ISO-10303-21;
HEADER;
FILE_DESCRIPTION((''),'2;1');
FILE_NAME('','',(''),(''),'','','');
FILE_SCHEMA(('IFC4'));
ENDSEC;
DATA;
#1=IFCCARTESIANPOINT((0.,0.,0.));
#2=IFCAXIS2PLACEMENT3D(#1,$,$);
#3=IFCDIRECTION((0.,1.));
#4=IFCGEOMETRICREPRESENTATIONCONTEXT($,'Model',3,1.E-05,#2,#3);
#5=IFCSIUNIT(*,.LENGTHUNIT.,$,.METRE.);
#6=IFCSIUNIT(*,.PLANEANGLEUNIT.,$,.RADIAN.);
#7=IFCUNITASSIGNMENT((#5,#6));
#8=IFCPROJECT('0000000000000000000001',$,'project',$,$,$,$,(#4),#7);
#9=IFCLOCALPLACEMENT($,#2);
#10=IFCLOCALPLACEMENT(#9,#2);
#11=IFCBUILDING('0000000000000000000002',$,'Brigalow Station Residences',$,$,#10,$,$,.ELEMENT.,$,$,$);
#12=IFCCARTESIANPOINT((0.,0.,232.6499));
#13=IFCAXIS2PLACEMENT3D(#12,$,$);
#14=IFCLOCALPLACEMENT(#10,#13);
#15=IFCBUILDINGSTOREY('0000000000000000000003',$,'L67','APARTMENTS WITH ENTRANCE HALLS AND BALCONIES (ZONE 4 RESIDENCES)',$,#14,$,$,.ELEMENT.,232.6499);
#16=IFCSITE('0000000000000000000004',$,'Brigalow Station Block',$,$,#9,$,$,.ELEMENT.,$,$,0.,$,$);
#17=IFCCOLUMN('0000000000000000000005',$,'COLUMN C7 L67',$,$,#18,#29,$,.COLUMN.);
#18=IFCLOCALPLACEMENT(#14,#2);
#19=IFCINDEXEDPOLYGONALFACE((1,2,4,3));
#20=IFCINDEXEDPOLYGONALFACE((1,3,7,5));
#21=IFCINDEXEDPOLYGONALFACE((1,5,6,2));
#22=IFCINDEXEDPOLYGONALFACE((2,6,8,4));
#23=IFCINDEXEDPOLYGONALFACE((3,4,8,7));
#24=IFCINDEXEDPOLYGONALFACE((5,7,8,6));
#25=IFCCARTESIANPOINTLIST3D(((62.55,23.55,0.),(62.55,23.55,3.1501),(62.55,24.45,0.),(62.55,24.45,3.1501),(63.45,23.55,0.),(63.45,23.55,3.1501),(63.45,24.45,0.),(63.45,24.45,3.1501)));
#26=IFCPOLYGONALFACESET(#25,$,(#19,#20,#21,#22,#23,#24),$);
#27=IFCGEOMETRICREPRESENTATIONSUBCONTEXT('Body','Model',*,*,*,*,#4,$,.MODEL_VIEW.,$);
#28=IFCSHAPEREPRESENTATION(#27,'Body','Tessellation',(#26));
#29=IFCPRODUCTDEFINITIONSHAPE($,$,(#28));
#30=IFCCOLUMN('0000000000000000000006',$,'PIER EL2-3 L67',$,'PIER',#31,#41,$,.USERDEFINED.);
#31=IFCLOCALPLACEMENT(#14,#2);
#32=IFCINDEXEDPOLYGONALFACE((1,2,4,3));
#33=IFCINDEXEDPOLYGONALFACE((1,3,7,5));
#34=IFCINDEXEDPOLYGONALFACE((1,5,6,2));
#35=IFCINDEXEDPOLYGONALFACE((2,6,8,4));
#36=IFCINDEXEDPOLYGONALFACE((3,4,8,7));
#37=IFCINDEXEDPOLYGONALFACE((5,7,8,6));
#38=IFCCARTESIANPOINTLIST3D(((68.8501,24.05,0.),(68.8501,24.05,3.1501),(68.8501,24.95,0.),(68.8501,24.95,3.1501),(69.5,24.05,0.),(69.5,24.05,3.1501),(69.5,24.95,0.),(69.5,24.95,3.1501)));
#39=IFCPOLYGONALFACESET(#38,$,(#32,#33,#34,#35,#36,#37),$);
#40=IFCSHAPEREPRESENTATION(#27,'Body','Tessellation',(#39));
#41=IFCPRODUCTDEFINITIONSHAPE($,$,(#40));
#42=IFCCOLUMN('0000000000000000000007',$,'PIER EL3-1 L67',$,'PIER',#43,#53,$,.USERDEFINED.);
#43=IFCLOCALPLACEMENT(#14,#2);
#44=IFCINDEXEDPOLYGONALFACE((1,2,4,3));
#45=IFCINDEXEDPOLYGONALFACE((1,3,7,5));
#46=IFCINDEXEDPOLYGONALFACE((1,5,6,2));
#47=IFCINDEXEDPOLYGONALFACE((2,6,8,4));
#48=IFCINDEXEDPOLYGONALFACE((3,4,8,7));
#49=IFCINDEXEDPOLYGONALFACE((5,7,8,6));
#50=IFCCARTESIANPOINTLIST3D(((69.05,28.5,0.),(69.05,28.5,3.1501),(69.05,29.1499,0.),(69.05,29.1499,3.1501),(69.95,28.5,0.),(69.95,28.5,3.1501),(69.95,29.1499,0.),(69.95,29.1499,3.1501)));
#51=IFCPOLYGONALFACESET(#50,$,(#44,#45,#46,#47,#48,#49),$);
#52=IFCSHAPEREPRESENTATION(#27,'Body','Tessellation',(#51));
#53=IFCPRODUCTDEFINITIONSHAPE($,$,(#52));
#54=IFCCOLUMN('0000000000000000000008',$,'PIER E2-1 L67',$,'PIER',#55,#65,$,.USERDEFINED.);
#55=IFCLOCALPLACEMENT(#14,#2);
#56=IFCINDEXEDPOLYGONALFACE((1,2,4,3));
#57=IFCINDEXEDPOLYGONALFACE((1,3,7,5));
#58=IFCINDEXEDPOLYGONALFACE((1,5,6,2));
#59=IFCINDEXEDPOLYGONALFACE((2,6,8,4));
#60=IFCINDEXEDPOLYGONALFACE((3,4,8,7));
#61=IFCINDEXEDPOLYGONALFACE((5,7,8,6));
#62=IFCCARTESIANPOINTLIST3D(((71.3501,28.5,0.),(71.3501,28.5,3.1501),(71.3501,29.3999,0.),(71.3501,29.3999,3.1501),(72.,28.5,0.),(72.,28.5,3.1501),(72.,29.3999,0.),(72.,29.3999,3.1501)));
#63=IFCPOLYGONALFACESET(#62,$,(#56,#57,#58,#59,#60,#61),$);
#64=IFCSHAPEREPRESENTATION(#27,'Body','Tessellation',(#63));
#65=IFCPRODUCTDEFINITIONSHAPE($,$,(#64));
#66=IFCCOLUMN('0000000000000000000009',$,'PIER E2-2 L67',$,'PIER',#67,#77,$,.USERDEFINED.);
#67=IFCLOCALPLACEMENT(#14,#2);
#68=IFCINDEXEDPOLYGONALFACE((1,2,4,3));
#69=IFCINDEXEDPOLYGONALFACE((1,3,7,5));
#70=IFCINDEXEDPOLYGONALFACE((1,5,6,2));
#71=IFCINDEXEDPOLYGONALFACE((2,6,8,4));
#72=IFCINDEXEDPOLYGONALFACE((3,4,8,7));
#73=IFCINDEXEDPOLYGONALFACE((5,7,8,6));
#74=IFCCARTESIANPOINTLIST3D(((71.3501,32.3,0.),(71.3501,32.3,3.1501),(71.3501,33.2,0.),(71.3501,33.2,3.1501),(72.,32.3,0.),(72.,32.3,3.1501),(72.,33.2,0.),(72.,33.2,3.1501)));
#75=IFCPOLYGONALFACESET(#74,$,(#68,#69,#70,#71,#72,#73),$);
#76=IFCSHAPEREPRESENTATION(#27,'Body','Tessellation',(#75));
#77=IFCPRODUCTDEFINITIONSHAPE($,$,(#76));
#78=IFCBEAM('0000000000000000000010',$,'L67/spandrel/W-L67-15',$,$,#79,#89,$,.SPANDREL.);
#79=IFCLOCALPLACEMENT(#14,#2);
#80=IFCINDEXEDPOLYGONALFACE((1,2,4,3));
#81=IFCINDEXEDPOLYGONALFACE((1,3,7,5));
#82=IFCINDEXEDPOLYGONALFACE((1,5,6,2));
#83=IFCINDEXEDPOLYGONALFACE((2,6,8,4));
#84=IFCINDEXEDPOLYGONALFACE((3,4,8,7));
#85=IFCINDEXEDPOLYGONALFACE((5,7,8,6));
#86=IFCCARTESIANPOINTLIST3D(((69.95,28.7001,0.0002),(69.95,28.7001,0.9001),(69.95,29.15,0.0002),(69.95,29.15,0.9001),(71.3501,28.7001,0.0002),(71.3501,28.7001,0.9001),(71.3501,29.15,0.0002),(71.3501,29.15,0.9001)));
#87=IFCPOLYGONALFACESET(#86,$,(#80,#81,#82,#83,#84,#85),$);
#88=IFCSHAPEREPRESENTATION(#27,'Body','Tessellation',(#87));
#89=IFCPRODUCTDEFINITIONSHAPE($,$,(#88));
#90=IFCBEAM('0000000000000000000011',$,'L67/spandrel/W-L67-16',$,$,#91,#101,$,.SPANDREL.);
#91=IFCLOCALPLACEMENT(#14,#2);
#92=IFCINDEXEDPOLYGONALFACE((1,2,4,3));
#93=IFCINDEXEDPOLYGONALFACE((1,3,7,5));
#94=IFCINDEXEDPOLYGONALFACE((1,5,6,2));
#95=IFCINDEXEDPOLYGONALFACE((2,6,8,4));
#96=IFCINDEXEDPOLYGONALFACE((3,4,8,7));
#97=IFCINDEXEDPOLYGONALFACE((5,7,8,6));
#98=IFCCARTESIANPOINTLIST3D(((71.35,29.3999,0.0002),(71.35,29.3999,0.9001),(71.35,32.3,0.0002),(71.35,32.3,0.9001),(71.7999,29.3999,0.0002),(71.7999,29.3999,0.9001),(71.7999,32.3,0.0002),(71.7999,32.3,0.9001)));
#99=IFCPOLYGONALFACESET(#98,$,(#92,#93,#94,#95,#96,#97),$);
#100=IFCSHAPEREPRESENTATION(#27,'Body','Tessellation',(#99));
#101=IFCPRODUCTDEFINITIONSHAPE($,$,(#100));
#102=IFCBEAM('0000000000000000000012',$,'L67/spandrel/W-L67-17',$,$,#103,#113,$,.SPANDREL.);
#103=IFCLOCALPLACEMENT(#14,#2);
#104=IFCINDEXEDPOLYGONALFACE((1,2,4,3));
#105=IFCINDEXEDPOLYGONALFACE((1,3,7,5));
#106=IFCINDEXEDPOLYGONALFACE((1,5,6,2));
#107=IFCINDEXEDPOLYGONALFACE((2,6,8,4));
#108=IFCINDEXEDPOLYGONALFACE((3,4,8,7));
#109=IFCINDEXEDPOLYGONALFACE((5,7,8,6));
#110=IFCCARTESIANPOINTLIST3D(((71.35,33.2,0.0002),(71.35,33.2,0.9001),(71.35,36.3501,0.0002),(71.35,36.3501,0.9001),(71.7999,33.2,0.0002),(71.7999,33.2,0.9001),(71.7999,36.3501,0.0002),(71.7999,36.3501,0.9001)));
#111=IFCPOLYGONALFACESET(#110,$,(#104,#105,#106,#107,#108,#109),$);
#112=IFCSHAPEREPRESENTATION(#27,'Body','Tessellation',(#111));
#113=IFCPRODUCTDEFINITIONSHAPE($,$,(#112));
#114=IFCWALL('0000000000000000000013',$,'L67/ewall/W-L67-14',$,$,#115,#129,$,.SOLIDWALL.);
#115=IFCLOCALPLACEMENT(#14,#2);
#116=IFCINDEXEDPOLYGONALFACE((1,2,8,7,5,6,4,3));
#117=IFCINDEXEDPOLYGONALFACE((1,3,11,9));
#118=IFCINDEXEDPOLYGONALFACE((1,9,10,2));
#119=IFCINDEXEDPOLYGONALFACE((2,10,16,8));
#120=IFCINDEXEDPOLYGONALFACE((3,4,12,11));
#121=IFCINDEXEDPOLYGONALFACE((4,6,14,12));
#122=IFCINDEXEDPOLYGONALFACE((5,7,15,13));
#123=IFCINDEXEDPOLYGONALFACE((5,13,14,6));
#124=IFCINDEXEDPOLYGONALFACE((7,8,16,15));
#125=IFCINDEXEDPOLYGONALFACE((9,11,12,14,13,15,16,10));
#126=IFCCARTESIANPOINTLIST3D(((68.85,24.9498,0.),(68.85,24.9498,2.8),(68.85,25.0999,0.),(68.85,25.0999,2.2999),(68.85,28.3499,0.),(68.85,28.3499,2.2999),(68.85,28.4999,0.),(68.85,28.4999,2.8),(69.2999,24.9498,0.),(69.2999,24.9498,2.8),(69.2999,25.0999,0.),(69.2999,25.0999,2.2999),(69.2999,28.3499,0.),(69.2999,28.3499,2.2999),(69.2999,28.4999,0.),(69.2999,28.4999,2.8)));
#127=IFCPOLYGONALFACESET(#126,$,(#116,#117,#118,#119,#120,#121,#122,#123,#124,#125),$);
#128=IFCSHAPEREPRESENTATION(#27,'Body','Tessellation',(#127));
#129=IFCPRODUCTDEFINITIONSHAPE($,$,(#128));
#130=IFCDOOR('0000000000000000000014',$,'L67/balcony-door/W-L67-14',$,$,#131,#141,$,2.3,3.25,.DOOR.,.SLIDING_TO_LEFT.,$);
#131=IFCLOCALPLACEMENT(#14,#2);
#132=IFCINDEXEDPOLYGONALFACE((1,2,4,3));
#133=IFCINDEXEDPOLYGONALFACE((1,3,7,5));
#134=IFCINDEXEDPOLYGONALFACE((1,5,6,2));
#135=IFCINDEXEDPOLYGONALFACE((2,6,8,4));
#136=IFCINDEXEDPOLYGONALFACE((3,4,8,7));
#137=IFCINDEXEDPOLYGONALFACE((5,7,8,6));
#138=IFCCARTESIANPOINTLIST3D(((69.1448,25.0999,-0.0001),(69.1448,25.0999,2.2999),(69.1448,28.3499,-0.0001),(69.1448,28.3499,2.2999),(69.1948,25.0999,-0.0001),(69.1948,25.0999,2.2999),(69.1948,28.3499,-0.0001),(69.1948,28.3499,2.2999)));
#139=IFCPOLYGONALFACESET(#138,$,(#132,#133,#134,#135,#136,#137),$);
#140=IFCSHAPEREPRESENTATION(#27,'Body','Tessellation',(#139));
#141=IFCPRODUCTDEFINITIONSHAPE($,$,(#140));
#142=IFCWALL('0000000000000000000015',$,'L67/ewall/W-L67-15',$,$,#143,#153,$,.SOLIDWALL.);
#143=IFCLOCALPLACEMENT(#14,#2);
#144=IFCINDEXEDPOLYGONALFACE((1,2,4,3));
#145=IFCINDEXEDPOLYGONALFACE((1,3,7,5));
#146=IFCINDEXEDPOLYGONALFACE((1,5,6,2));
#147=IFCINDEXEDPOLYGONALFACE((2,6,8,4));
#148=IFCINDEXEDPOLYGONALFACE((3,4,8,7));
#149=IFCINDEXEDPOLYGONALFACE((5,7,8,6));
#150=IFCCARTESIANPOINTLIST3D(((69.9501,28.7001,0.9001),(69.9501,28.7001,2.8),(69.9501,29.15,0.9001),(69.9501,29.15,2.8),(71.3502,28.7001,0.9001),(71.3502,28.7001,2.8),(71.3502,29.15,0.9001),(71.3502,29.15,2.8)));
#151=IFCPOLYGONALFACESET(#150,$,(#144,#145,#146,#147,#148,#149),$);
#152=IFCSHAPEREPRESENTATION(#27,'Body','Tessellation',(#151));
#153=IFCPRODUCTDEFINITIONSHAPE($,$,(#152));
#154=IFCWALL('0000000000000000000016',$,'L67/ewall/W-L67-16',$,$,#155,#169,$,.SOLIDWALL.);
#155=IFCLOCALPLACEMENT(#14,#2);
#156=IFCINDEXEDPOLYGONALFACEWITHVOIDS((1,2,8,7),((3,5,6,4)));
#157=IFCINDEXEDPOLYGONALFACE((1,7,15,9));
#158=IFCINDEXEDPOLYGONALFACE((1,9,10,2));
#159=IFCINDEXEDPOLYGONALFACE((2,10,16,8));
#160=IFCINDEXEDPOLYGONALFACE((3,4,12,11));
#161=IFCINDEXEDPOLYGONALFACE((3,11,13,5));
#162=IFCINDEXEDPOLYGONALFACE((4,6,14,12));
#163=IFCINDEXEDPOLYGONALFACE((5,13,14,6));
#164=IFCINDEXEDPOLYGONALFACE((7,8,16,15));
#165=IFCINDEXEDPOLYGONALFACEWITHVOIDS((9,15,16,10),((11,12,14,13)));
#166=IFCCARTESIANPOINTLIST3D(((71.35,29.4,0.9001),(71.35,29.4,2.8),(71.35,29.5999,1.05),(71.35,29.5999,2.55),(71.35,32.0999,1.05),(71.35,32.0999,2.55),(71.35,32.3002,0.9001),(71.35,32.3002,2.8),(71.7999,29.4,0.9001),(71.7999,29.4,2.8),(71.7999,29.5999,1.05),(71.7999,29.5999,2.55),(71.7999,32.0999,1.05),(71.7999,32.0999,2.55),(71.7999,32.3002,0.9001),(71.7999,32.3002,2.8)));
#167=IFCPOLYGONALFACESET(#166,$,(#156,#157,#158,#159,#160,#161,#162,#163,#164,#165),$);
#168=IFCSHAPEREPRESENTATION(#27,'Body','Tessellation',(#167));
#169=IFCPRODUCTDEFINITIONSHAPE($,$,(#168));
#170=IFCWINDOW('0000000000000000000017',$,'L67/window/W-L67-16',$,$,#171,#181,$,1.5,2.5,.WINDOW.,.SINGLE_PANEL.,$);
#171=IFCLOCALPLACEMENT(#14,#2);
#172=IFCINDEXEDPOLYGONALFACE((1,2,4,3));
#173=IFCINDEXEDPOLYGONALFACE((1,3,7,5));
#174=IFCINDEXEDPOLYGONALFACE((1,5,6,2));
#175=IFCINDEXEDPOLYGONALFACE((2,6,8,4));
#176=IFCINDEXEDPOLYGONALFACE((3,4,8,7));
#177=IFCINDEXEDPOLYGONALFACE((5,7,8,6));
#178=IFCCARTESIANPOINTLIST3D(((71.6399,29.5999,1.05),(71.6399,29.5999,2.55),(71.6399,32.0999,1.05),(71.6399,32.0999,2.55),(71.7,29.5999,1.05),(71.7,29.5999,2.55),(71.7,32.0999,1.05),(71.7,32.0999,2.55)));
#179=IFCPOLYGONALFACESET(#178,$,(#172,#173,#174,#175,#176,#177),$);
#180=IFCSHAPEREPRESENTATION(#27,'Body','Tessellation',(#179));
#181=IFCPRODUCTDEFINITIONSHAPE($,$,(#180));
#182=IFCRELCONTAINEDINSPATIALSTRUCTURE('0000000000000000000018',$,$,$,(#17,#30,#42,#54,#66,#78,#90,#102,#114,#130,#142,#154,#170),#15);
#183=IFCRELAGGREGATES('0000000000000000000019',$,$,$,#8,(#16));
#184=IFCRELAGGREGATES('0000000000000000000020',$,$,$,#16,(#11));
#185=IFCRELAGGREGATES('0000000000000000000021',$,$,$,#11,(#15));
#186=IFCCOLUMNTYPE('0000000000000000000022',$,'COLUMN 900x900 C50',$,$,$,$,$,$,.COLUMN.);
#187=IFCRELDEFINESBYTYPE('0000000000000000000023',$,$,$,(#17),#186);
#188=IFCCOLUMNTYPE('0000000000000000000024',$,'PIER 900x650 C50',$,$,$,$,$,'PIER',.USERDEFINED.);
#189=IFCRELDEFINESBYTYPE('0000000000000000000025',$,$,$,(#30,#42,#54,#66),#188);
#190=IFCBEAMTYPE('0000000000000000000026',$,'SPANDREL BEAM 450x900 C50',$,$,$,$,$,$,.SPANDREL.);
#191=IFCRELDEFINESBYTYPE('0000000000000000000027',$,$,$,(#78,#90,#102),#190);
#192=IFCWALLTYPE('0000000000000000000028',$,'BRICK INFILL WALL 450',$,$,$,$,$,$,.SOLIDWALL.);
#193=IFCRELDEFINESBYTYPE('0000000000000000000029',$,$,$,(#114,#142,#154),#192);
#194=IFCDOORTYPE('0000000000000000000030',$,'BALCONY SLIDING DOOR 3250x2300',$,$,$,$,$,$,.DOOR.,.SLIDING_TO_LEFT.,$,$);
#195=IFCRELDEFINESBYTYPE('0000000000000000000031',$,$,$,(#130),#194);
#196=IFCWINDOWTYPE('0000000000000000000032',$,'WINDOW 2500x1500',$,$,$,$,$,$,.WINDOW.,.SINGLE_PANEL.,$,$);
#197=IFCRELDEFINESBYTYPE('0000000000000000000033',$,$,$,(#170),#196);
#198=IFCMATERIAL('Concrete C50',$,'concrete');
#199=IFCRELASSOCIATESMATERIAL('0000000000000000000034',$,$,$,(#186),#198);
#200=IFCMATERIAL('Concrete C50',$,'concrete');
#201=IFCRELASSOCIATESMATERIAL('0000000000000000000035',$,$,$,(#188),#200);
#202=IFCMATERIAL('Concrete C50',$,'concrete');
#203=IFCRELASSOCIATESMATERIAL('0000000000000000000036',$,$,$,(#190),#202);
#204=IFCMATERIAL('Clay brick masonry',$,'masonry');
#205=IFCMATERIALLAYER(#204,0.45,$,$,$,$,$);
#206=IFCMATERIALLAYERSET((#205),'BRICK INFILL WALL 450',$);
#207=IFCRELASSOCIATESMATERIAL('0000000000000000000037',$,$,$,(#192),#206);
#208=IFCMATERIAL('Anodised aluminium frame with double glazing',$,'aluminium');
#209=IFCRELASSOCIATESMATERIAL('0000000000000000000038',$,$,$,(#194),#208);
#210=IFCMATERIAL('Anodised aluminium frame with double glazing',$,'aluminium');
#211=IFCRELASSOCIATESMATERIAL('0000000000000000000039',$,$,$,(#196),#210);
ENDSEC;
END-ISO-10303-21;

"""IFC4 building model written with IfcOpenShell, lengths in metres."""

from ifc_helpers import new_model, si_unit, direction, frame, frame_2d, origin, origin_2d, place, context, subcontext, project, spatial, rectangle, extrude, material, layer, layer_set, material_profile, profile_set, type_object, element, fill, save


model = new_model("IFC4")

# Units and contexts
model_context = context("Model", 3, precision=1e-05, world=origin(), true_north=direction((0.0, 1.0)))
body_context = subcontext(model_context, "Body", "Model", "MODEL_VIEW")
ifc_project = project(units=[si_unit("LENGTHUNIT", "METRE"), si_unit("PLANEANGLEUNIT", "RADIAN")], contexts=[model_context])

# Site, building, storey
site_placement = place(None, origin())
site = spatial("IfcSite", under=ifc_project, at=site_placement, Name="Brigalow Station Block", CompositionType="ELEMENT", RefElevation=0.0)
building_placement = place(site_placement, origin())
building = spatial("IfcBuilding", under=site, at=building_placement, Name="Brigalow Station Residences", CompositionType="ELEMENT")
storey_placement = place(building_placement, frame((0.0, 0.0, 232.6499)))
storey = spatial("IfcBuildingStorey", under=building, at=storey_placement, Name="L67", Description="APARTMENTS WITH ENTRANCE HALLS AND BALCONIES (ZONE 4 RESIDENCES)", CompositionType="ELEMENT", Elevation=232.6499)

# Columns
ifc_material_1 = material(Name="Concrete C50", Category="concrete")
ifc_material_profile_1 = material_profile(ifc_material_1, rectangle(XDim=0.8999, YDim=0.8999, at=origin_2d()), Name="RC900x900")
ifc_profile_set_1 = profile_set([ifc_material_profile_1], Name="Concrete C50")
column_type_1 = type_object("IfcColumnType", Name="COLUMN 900x900 C50", PredefinedType="COLUMN", material=ifc_profile_set_1)
column_placement = place(storey_placement, frame((63.0, 24.0, 0.0), z_axis=(0.0, 0.0, 1.0), x_axis=(1.0, 0.0, 0.0)))
element("IfcColumn", 1, at=column_placement, inside=storey, type_object=column_type_1, Name="COLUMN C7 L67", PredefinedType="COLUMN", context=body_context, shape_type="SweptSolid", body=[
    extrude(rectangle(XDim=0.8999, YDim=0.8999, at=origin_2d()), origin(), (0.0, 0.0, 1.0), 3.1501),
])
ifc_material_2 = material(Name="Concrete C50", Category="concrete")
ifc_material_profile_2 = material_profile(ifc_material_2, rectangle(XDim=0.8999, YDim=0.6499, at=origin_2d()), Name="RC900x650")
ifc_profile_set_2 = profile_set([ifc_material_profile_2], Name="Concrete C50")
column_type_2 = type_object("IfcColumnType", Name="PIER 900x650 C50", ElementType="PIER", PredefinedType="USERDEFINED", material=ifc_profile_set_2)
for number, where, z_axis, x_axis, name in (
    (2, (69.175, 24.5, 0.0), (0.0, 0.0, 1.0), (0.0, 1.0, 0.0), "PIER EL2-3 L67"),
    (3, (69.5, 28.825, 0.0), (0.0, 0.0, 1.0), (1.0, 0.0, 0.0), "PIER EL3-1 L67"),
    (4, (71.675, 28.95, 0.0), (0.0, 0.0, 1.0), (0.0, 1.0, 0.0), "PIER E2-1 L67"),
    (5, (71.675, 32.75, 0.0), (0.0, 0.0, 1.0), (0.0, 1.0, 0.0), "PIER E2-2 L67"),
):
    element("IfcColumn", number, at=place(storey_placement, frame(where, z_axis=z_axis, x_axis=x_axis)), inside=storey, type_object=column_type_2, Name=name, ObjectType="PIER", PredefinedType="USERDEFINED", context=body_context, shape_type="SweptSolid", body=[
        extrude(rectangle(XDim=0.8999, YDim=0.6499, at=origin_2d()), origin(), (0.0, 0.0, 1.0), 3.1501),
    ])

# Beams
ifc_material_3 = material(Name="Concrete C50", Category="concrete")
ifc_material_profile_3 = material_profile(ifc_material_3, rectangle(XDim=0.45, YDim=0.8999, at=origin_2d()), Name="RC450x900")
ifc_profile_set_3 = profile_set([ifc_material_profile_3], Name="Concrete C50")
beam_type = type_object("IfcBeamType", Name="SPANDREL BEAM 450x900 C50", PredefinedType="SPANDREL", material=ifc_profile_set_3)
beam_1_placement = place(storey_placement, frame((69.95, 28.925, 0.4502), z_axis=(1.0, 0.0, 0.0), x_axis=(0.0, 1.0, 0.0)))
element("IfcBeam", 6, at=beam_1_placement, inside=storey, type_object=beam_type, Name="L67/spandrel/W-L67-15", PredefinedType="SPANDREL", context=body_context, shape_type="SweptSolid", body=[
    extrude(rectangle(XDim=0.45, YDim=0.8999, at=origin_2d()), origin(), (0.0, 0.0, 1.0), 1.4001),
])
beam_2_placement = place(storey_placement, frame((71.575, 29.3999, 0.4502), z_axis=(0.0, 1.0, 0.0), x_axis=(-1.0, 0.0, 0.0)))
element("IfcBeam", 7, at=beam_2_placement, inside=storey, type_object=beam_type, Name="L67/spandrel/W-L67-16", PredefinedType="SPANDREL", context=body_context, shape_type="SweptSolid", body=[
    extrude(rectangle(XDim=0.45, YDim=0.8999, at=origin_2d()), origin(), (0.0, 0.0, 1.0), 2.9001),
])
beam_3_placement = place(storey_placement, frame((71.575, 33.2, 0.4502), z_axis=(0.0, 1.0, 0.0), x_axis=(-1.0, 0.0, 0.0)))
element("IfcBeam", 8, at=beam_3_placement, inside=storey, type_object=beam_type, Name="L67/spandrel/W-L67-17", PredefinedType="SPANDREL", context=body_context, shape_type="SweptSolid", body=[
    extrude(rectangle(XDim=0.45, YDim=0.8999, at=origin_2d()), origin(), (0.0, 0.0, 1.0), 3.1501),
])

# Wall, opening, door
ifc_material_4 = material(Name="Clay brick masonry", Category="masonry")
ifc_layer_1 = layer(ifc_material_4, 0.45)
ifc_layer_set_1 = layer_set([ifc_layer_1], Name="BRICK INFILL WALL 450")
wall_type_1 = type_object("IfcWallType", Name="BRICK INFILL WALL 450", PredefinedType="SOLIDWALL", material=ifc_layer_set_1)
wall_1_placement = place(storey_placement, frame((69.075, 24.95, 0.0), z_axis=(0.0, 0.0, 1.0), x_axis=(0.0, 1.0, 0.0)))
wall_1 = element("IfcWall", 9, at=wall_1_placement, inside=storey, type_object=wall_type_1, Name="L67/ewall/W-L67-14", PredefinedType="SOLIDWALL", context=body_context, shape_type="SweptSolid", body=[
    extrude(rectangle(XDim=3.55, YDim=0.45, at=frame_2d((1.7749, 0.0))), origin(), (0.0, 0.0, 1.0), 2.8),
])
opening_1_placement = place(wall_1_placement, frame((0.1499, 0.0, 0.0)))
opening_1 = element("IfcOpeningElement", 10, at=opening_1_placement, cuts=wall_1, PredefinedType="OPENING", context=body_context, shape_type="SweptSolid", body=[
    extrude(rectangle(XDim=3.25, YDim=2.3, at=frame_2d((1.625, 1.1499))), frame((0.0, 0.2349, 0.0), z_axis=(0.0, -1.0, 0.0), x_axis=(1.0, 0.0, 0.0)), (0.0, 0.0, 1.0), 0.47),
])
ifc_material_5 = material(Name="Anodised aluminium frame with double glazing", Category="aluminium")
door_type_1 = type_object("IfcDoorType", Name="BALCONY SLIDING DOOR 3250x2300", OperationType="SLIDING_TO_LEFT", PredefinedType="DOOR", material=ifc_material_5)
door_1_placement = place(opening_1_placement, origin())
door_1 = element("IfcDoor", 11, at=door_1_placement, inside=storey, type_object=door_type_1, Name="L67/balcony-door/W-L67-14", OperationType="SLIDING_TO_LEFT", OverallHeight=2.3, OverallWidth=3.25, PredefinedType="DOOR", context=body_context, shape_type="SweptSolid", body=[
    extrude(rectangle(XDim=3.25, YDim=2.3, at=frame_2d((1.625, 1.1499))), frame((0.0, -0.0698, 0.0), z_axis=(0.0, -1.0, 0.0), x_axis=(1.0, 0.0, 0.0)), (0.0, 0.0, 1.0), 0.05),
])
fill(opening_1, door_1)

# Wall
wall_2_placement = place(storey_placement, frame((69.95, 28.925, 0.9001), z_axis=(0.0, 0.0, 1.0), x_axis=(1.0, 0.0, 0.0)))
element("IfcWall", 12, at=wall_2_placement, inside=storey, type_object=wall_type_1, Name="L67/ewall/W-L67-15", PredefinedType="SOLIDWALL", context=body_context, shape_type="SweptSolid", body=[
    extrude(rectangle(XDim=1.4001, YDim=0.45, at=frame_2d((0.7002, 0.0))), origin(), (0.0, 0.0, 1.0), 1.8999),
])

# Wall, opening, window
wall_3_placement = place(storey_placement, frame((71.575, 29.3999, 0.9001), z_axis=(0.0, 0.0, 1.0), x_axis=(0.0, 1.0, 0.0)))
wall_3 = element("IfcWall", 13, at=wall_3_placement, inside=storey, type_object=wall_type_1, Name="L67/ewall/W-L67-16", PredefinedType="SOLIDWALL", context=body_context, shape_type="SweptSolid", body=[
    extrude(rectangle(XDim=2.9001, YDim=0.45, at=frame_2d((1.4502, 0.0))), origin(), (0.0, 0.0, 1.0), 1.8999),
])
opening_2_placement = place(wall_3_placement, frame((0.2, 0.0, 0.1499)))
opening_2 = element("IfcOpeningElement", 14, at=opening_2_placement, cuts=wall_3, PredefinedType="OPENING", context=body_context, shape_type="SweptSolid", body=[
    extrude(rectangle(XDim=2.5, YDim=1.5, at=frame_2d((1.25, 0.75))), frame((0.0, 0.2349, 0.0), z_axis=(0.0, -1.0, 0.0), x_axis=(1.0, 0.0, 0.0)), (0.0, 0.0, 1.0), 0.47),
])
ifc_material_6 = material(Name="Anodised aluminium frame with double glazing", Category="aluminium")
window_type = type_object("IfcWindowType", Name="WINDOW 2500x1500", PartitioningType="SINGLE_PANEL", PredefinedType="WINDOW", material=ifc_material_6)
window_placement = place(opening_2_placement, origin())
window = element("IfcWindow", 15, at=window_placement, inside=storey, type_object=window_type, Name="L67/window/W-L67-16", OverallHeight=1.5, OverallWidth=2.5, PartitioningType="SINGLE_PANEL", PredefinedType="WINDOW", context=body_context, shape_type="SweptSolid", body=[
    extrude(rectangle(XDim=2.5, YDim=1.5, at=frame_2d((1.25, 0.75))), frame((0.0, -0.0649, 0.0), z_axis=(0.0, -1.0, 0.0), x_axis=(1.0, 0.0, 0.0)), (0.0, 0.0, 1.0), 0.0601),
])
fill(opening_2, window)

save(model, "model.ifc")
